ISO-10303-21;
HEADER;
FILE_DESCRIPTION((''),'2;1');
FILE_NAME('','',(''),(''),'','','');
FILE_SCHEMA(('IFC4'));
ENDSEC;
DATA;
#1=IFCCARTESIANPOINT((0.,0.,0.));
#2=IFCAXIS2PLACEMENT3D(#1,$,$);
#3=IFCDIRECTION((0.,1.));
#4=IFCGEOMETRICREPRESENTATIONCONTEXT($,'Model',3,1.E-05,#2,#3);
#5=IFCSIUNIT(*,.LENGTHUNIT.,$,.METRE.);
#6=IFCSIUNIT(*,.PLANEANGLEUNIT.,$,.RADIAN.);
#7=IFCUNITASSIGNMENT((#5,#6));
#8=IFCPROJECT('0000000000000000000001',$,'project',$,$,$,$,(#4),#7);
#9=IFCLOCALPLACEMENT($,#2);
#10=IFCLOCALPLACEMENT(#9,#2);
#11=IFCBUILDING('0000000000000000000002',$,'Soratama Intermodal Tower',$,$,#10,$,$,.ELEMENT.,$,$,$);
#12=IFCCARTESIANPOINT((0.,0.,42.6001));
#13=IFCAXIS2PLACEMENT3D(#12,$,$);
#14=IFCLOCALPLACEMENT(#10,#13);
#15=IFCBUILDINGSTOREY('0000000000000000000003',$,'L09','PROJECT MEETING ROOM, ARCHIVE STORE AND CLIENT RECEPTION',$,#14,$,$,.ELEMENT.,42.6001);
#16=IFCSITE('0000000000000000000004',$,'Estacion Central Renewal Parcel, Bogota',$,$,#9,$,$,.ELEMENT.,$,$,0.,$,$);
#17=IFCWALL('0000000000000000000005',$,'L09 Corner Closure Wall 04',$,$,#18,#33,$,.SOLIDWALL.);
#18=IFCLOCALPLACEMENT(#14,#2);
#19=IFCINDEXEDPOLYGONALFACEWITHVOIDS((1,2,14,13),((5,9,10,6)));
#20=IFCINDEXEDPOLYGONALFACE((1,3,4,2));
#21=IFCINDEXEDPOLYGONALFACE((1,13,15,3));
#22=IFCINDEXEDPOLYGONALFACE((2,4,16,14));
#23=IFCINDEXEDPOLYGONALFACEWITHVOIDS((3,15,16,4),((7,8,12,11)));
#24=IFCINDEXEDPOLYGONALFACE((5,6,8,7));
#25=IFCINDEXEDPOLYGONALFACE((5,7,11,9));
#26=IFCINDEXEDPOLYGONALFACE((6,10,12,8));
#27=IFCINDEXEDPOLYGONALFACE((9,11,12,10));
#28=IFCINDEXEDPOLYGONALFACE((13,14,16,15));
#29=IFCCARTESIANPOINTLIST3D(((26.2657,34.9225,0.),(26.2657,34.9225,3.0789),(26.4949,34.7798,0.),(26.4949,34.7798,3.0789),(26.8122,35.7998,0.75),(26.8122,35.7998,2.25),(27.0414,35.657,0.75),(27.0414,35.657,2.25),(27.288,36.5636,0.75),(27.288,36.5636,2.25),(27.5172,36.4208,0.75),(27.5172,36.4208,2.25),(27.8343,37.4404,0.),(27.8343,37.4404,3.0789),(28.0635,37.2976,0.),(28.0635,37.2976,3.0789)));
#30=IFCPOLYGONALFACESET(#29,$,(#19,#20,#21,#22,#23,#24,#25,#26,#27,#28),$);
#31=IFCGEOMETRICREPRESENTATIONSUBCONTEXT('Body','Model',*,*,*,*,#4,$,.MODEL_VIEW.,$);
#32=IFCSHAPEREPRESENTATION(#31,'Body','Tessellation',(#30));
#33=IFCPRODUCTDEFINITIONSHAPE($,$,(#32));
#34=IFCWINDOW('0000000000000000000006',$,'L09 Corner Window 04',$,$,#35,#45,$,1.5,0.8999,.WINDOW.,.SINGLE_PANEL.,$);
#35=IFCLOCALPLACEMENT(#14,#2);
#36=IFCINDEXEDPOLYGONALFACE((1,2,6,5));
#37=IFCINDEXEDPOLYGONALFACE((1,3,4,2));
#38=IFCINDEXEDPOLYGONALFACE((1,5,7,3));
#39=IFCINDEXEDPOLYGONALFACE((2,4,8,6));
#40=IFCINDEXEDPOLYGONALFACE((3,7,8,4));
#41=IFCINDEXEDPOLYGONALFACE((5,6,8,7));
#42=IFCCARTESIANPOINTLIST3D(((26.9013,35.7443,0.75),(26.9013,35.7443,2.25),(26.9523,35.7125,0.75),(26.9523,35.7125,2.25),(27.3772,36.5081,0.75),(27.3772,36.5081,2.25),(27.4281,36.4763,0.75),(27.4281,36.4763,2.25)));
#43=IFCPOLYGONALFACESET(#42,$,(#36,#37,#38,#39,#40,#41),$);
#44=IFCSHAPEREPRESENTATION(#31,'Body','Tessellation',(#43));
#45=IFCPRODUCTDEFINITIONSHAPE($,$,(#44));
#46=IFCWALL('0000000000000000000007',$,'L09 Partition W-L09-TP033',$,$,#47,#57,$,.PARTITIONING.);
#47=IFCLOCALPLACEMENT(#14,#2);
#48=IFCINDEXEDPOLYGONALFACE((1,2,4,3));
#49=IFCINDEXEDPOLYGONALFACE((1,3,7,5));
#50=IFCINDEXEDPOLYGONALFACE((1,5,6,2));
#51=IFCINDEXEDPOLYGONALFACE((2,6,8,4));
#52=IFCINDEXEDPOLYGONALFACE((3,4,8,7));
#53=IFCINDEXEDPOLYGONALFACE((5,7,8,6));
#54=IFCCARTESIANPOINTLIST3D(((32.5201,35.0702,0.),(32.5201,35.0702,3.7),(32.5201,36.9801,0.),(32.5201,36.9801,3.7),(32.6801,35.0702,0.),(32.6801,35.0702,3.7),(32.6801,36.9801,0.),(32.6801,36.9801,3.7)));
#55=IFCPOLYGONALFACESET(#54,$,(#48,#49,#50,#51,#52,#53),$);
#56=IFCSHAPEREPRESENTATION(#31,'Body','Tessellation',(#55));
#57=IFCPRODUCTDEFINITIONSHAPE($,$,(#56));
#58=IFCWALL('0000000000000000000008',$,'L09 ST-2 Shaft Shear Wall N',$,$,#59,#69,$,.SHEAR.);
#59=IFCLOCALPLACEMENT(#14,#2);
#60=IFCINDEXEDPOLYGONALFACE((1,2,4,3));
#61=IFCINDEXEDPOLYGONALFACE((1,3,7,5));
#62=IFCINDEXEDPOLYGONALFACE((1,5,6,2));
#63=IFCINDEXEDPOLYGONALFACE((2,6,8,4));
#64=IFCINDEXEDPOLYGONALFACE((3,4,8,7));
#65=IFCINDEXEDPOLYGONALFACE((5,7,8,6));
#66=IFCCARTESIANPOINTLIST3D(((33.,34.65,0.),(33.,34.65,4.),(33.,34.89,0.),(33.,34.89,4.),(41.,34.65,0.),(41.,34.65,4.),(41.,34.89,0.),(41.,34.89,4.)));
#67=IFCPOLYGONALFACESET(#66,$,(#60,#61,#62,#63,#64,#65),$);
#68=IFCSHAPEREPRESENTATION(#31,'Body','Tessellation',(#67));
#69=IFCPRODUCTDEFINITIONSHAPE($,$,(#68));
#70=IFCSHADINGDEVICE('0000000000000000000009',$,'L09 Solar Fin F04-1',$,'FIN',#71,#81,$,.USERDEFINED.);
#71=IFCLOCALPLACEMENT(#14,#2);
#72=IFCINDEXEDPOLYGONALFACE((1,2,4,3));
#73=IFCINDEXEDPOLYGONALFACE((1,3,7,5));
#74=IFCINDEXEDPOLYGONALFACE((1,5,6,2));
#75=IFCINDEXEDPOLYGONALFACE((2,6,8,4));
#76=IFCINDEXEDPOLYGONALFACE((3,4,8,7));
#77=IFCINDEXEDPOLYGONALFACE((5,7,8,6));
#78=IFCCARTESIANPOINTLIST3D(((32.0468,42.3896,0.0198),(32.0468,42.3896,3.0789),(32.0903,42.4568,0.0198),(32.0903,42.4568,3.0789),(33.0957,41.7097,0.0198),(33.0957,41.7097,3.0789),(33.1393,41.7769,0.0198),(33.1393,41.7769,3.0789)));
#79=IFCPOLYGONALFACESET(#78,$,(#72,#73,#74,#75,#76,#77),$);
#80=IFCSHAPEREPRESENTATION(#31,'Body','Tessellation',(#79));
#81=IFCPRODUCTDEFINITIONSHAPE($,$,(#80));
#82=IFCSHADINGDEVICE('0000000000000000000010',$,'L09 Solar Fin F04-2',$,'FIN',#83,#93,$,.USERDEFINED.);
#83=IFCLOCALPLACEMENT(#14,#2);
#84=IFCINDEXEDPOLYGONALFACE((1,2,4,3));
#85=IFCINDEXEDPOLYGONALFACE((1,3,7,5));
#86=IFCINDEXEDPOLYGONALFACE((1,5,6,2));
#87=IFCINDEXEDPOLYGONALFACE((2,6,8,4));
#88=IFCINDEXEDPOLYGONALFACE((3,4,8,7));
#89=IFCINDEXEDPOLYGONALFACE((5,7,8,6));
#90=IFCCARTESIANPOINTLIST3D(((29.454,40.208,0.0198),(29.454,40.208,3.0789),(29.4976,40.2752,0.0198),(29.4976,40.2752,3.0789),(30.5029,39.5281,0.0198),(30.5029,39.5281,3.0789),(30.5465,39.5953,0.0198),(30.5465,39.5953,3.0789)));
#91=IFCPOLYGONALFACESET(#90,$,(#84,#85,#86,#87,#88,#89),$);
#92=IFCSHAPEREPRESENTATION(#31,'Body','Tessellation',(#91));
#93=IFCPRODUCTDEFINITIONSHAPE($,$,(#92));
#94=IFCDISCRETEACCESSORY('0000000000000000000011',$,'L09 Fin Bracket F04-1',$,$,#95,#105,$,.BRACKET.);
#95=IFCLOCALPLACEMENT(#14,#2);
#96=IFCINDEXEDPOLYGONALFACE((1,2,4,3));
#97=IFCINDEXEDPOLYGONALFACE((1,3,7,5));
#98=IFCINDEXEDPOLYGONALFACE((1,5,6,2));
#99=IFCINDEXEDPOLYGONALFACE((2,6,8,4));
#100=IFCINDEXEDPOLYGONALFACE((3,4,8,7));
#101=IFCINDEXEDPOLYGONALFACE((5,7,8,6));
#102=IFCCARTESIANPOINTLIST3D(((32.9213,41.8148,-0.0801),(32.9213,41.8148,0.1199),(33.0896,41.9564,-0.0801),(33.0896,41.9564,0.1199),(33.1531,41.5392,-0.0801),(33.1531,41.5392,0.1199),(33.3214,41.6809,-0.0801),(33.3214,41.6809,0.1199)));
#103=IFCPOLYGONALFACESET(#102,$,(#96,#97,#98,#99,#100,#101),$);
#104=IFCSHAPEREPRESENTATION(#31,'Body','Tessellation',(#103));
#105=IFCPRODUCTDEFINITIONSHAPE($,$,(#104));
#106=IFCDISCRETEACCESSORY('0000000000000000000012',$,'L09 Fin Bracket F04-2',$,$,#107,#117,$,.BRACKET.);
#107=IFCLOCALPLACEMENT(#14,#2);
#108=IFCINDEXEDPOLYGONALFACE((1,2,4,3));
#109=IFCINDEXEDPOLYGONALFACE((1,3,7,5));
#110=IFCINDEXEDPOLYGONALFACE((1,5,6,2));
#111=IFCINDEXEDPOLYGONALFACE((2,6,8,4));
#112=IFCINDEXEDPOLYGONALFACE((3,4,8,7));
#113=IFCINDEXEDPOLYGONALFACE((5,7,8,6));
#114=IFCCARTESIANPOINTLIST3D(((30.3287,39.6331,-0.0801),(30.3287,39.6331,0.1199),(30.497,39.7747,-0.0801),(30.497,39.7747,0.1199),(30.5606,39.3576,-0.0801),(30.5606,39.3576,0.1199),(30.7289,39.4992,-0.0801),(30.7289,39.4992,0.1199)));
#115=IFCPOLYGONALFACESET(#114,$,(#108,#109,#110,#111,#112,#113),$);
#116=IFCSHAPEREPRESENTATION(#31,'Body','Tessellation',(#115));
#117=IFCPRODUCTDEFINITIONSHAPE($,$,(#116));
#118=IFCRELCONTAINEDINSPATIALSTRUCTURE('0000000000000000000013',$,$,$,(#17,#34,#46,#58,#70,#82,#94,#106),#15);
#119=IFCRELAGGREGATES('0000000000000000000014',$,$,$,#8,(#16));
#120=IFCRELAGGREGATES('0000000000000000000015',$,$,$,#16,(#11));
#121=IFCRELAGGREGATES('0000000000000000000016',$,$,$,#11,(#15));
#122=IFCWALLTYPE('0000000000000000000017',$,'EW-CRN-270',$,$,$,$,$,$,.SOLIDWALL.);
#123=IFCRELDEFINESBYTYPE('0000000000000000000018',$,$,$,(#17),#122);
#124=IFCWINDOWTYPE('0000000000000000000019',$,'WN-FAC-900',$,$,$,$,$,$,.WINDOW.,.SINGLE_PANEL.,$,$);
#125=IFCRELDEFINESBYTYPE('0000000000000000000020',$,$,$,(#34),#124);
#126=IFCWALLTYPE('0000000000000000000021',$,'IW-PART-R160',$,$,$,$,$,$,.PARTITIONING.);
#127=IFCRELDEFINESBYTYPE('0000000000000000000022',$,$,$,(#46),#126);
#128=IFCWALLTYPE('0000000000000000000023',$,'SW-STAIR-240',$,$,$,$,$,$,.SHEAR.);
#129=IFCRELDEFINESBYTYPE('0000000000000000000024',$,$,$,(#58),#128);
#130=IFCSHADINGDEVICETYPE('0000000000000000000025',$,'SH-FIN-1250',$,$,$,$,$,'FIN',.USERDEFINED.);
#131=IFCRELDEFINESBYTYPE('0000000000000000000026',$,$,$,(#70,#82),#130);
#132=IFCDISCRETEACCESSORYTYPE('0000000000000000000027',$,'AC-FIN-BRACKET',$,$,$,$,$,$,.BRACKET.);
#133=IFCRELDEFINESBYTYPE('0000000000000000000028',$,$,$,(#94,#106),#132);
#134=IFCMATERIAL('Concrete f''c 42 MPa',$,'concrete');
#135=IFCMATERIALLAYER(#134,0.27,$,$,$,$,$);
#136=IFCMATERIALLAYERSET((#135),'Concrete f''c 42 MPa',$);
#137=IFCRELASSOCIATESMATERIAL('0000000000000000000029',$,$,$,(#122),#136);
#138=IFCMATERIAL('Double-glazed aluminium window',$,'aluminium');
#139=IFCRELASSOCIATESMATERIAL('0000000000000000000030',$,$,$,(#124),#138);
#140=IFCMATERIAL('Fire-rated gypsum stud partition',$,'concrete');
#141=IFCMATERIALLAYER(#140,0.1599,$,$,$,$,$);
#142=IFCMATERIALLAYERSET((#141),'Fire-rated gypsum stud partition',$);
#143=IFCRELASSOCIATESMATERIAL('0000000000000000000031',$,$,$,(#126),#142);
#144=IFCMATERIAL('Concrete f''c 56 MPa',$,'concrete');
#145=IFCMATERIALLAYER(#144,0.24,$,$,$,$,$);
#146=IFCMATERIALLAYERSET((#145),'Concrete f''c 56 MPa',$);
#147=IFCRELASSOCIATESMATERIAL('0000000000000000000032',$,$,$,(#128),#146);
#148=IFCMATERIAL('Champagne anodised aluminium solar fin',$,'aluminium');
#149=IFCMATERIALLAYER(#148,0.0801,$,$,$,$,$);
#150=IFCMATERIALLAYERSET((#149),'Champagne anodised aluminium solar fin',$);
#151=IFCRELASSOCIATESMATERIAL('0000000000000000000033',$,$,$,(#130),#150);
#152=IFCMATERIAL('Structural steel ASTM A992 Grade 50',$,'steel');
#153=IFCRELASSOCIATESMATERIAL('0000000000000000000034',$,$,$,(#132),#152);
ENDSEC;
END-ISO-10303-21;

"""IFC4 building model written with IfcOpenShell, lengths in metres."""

from ifc_helpers import new_model, si_unit, direction, frame, frame_2d, origin, origin_2d, place, context, subcontext, project, spatial, rectangle, extrude, material, layer, layer_set, type_object, element, fill, save


model = new_model("IFC4")

# Units and contexts
model_context = context("Model", 3, precision=1e-05, world=origin(), true_north=direction((0.0, 1.0)))
body_context = subcontext(model_context, "Body", "Model", "MODEL_VIEW")
ifc_project = project(units=[si_unit("LENGTHUNIT", "METRE"), si_unit("PLANEANGLEUNIT", "RADIAN")], contexts=[model_context])

# Site, building, storey
site_placement = place(None, origin())
site = spatial("IfcSite", under=ifc_project, at=site_placement, Name="Estacion Central Renewal Parcel, Bogota", CompositionType="ELEMENT", RefElevation=0.0)
building_placement = place(site_placement, origin())
building = spatial("IfcBuilding", under=site, at=building_placement, Name="Soratama Intermodal Tower", CompositionType="ELEMENT")
storey_placement = place(building_placement, frame((0.0, 0.0, 42.6001)))
storey = spatial("IfcBuildingStorey", under=building, at=storey_placement, Name="L09", Description="PROJECT MEETING ROOM, ARCHIVE STORE AND CLIENT RECEPTION", CompositionType="ELEMENT", Elevation=42.6001)

# Wall, opening, window
ifc_material_1 = material(Name="Concrete f'c 42 MPa", Category="concrete")
ifc_layer_1 = layer(ifc_material_1, 0.27)
ifc_layer_set_1 = layer_set([ifc_layer_1], Name="Concrete f'c 42 MPa")
wall_type_1 = type_object("IfcWallType", Name="EW-CRN-270", PredefinedType="SOLIDWALL", material=ifc_layer_set_1)
wall_1_placement = place(storey_placement, frame((27.949, 37.3691, 0.0), z_axis=(0.0, 0.0, 1.0), x_axis=(-0.528778, -0.84876, 0.0)))
wall_1 = element("IfcWall", 1, at=wall_1_placement, inside=storey, type_object=wall_type_1, Name="L09 Corner Closure Wall 04", PredefinedType="SOLIDWALL", context=body_context, shape_type="SweptSolid", body=[
    extrude(rectangle(XDim=2.9666, YDim=0.27, at=frame_2d((1.4834, 0.0))), origin(), (0.0, 0.0, 1.0), 3.0789),
])
opening_1_placement = place(wall_1_placement, frame((1.0332, 0.0, 0.75)))
opening_1 = element("IfcOpeningElement", 2, at=opening_1_placement, cuts=wall_1, PredefinedType="OPENING", context=body_context, shape_type="SweptSolid", body=[
    extrude(rectangle(XDim=0.8999, YDim=1.5, at=frame_2d((0.45, 0.75))), frame((0.0, 0.145, 0.0), z_axis=(0.0, -1.0, 0.0), x_axis=(1.0, 0.0, 0.0)), (0.0, 0.0, 1.0), 0.29),
])
ifc_material_2 = material(Name="Double-glazed aluminium window", Category="aluminium")
window_type_1 = type_object("IfcWindowType", Name="WN-FAC-900", PartitioningType="SINGLE_PANEL", PredefinedType="WINDOW", material=ifc_material_2)
window_1_placement = place(opening_1_placement, origin())
window_1 = element("IfcWindow", 3, at=window_1_placement, inside=storey, type_object=window_type_1, Name="L09 Corner Window 04", OverallHeight=1.5, OverallWidth=0.8999, PartitioningType="SINGLE_PANEL", PredefinedType="WINDOW", context=body_context, shape_type="SweptSolid", body=[
    extrude(rectangle(XDim=0.8999, YDim=1.5, at=frame_2d((0.45, 0.75))), frame((0.0, 0.03, 0.0), z_axis=(0.0, -1.0, 0.0), x_axis=(1.0, 0.0, 0.0)), (0.0, 0.0, 1.0), 0.0601),
])
fill(opening_1, window_1)

# Shared definitions
ifc_material_3 = material(Name="Fire-rated gypsum stud partition", Category="concrete")
ifc_layer_2 = layer(ifc_material_3, 0.1599)
ifc_layer_set_2 = layer_set([ifc_layer_2], Name="Fire-rated gypsum stud partition")
wall_type_2 = type_object("IfcWallType", Name="IW-PART-R160", PredefinedType="PARTITIONING", material=ifc_layer_set_2)

# Walls
wall_2_placement = place(storey_placement, frame((32.6001, 35.0701, 0.0), z_axis=(0.0, 0.0, 1.0), x_axis=(0.0, 1.0, 0.0)))
element("IfcWall", 4, at=wall_2_placement, inside=storey, type_object=wall_type_2, Name="L09 Partition W-L09-TP033", PredefinedType="PARTITIONING", context=body_context, shape_type="SweptSolid", body=[
    extrude(rectangle(XDim=1.9099, YDim=0.1599, at=frame_2d((0.9551, 0.0))), origin(), (0.0, 0.0, 1.0), 3.7),
])
ifc_material_4 = material(Name="Concrete f'c 56 MPa", Category="concrete")
ifc_layer_3 = layer(ifc_material_4, 0.24)
ifc_layer_set_3 = layer_set([ifc_layer_3], Name="Concrete f'c 56 MPa")
wall_type_3 = type_object("IfcWallType", Name="SW-STAIR-240", PredefinedType="SHEAR", material=ifc_layer_set_3)
wall_3_placement = place(storey_placement, frame((33.0, 34.77, 0.0), z_axis=(0.0, 0.0, 1.0), x_axis=(1.0, 0.0, 0.0)))
element("IfcWall", 5, at=wall_3_placement, inside=storey, type_object=wall_type_3, Name="L09 ST-2 Shaft Shear Wall N", PredefinedType="SHEAR", context=body_context, shape_type="SweptSolid", body=[
    extrude(rectangle(XDim=8.0, YDim=0.24, at=frame_2d((4.0, 0.0))), origin(), (0.0, 0.0, 1.0), 4.0),
])

# Shading devices
ifc_material_5 = material(Name="Champagne anodised aluminium solar fin", Category="aluminium")
ifc_layer_4 = layer(ifc_material_5, 0.0801)
ifc_layer_set_4 = layer_set([ifc_layer_4], Name="Champagne anodised aluminium solar fin")
shading_device_type = type_object("IfcShadingDeviceType", Name="SH-FIN-1250", ElementType="FIN", PredefinedType="USERDEFINED", material=ifc_layer_set_4)
for number, where, z_axis, x_axis, name in (
    (6, (32.593, 42.0833, 0.0198), (0.0, 0.0, 1.0), (-0.839146, 0.543907, 0.0), "L09 Solar Fin F04-1"),
    (7, (30.0002, 39.9016, 0.0198), (0.0, 0.0, 1.0), (-0.839146, 0.543907, 0.0), "L09 Solar Fin F04-2"),
):
    element("IfcShadingDevice", number, at=place(storey_placement, frame(where, z_axis=z_axis, x_axis=x_axis)), inside=storey, type_object=shading_device_type, Name=name, ObjectType="FIN", PredefinedType="USERDEFINED", context=body_context, shape_type="SweptSolid", body=[
        extrude(rectangle(XDim=1.25, YDim=0.0801, at=origin_2d()), origin(), (0.0, 0.0, 1.0), 3.0591),
    ])

# Discrete accessories
ifc_material_6 = material(Name="Structural steel ASTM A992 Grade 50", Category="steel")
discrete_accessory_type = type_object("IfcDiscreteAccessoryType", Name="AC-FIN-BRACKET", PredefinedType="BRACKET", material=ifc_material_6)
for number, where, z_axis, x_axis, name in (
    (8, (33.1213, 41.7478, -0.0801), (0.0, 0.0, 1.0), (-0.643857, 0.765146, 0.0), "L09 Fin Bracket F04-1"),
    (9, (30.5288, 39.5662, -0.0801), (0.0, 0.0, 1.0), (-0.643857, 0.765146, 0.0), "L09 Fin Bracket F04-2"),
):
    element("IfcDiscreteAccessory", number, at=place(storey_placement, frame(where, z_axis=z_axis, x_axis=x_axis)), inside=storey, type_object=discrete_accessory_type, Name=name, PredefinedType="BRACKET", context=body_context, shape_type="SweptSolid", body=[
        extrude(rectangle(XDim=0.3601, YDim=0.22, at=origin_2d()), origin(), (0.0, 0.0, 1.0), 0.2),
    ])

save(model, "model.ifc")
